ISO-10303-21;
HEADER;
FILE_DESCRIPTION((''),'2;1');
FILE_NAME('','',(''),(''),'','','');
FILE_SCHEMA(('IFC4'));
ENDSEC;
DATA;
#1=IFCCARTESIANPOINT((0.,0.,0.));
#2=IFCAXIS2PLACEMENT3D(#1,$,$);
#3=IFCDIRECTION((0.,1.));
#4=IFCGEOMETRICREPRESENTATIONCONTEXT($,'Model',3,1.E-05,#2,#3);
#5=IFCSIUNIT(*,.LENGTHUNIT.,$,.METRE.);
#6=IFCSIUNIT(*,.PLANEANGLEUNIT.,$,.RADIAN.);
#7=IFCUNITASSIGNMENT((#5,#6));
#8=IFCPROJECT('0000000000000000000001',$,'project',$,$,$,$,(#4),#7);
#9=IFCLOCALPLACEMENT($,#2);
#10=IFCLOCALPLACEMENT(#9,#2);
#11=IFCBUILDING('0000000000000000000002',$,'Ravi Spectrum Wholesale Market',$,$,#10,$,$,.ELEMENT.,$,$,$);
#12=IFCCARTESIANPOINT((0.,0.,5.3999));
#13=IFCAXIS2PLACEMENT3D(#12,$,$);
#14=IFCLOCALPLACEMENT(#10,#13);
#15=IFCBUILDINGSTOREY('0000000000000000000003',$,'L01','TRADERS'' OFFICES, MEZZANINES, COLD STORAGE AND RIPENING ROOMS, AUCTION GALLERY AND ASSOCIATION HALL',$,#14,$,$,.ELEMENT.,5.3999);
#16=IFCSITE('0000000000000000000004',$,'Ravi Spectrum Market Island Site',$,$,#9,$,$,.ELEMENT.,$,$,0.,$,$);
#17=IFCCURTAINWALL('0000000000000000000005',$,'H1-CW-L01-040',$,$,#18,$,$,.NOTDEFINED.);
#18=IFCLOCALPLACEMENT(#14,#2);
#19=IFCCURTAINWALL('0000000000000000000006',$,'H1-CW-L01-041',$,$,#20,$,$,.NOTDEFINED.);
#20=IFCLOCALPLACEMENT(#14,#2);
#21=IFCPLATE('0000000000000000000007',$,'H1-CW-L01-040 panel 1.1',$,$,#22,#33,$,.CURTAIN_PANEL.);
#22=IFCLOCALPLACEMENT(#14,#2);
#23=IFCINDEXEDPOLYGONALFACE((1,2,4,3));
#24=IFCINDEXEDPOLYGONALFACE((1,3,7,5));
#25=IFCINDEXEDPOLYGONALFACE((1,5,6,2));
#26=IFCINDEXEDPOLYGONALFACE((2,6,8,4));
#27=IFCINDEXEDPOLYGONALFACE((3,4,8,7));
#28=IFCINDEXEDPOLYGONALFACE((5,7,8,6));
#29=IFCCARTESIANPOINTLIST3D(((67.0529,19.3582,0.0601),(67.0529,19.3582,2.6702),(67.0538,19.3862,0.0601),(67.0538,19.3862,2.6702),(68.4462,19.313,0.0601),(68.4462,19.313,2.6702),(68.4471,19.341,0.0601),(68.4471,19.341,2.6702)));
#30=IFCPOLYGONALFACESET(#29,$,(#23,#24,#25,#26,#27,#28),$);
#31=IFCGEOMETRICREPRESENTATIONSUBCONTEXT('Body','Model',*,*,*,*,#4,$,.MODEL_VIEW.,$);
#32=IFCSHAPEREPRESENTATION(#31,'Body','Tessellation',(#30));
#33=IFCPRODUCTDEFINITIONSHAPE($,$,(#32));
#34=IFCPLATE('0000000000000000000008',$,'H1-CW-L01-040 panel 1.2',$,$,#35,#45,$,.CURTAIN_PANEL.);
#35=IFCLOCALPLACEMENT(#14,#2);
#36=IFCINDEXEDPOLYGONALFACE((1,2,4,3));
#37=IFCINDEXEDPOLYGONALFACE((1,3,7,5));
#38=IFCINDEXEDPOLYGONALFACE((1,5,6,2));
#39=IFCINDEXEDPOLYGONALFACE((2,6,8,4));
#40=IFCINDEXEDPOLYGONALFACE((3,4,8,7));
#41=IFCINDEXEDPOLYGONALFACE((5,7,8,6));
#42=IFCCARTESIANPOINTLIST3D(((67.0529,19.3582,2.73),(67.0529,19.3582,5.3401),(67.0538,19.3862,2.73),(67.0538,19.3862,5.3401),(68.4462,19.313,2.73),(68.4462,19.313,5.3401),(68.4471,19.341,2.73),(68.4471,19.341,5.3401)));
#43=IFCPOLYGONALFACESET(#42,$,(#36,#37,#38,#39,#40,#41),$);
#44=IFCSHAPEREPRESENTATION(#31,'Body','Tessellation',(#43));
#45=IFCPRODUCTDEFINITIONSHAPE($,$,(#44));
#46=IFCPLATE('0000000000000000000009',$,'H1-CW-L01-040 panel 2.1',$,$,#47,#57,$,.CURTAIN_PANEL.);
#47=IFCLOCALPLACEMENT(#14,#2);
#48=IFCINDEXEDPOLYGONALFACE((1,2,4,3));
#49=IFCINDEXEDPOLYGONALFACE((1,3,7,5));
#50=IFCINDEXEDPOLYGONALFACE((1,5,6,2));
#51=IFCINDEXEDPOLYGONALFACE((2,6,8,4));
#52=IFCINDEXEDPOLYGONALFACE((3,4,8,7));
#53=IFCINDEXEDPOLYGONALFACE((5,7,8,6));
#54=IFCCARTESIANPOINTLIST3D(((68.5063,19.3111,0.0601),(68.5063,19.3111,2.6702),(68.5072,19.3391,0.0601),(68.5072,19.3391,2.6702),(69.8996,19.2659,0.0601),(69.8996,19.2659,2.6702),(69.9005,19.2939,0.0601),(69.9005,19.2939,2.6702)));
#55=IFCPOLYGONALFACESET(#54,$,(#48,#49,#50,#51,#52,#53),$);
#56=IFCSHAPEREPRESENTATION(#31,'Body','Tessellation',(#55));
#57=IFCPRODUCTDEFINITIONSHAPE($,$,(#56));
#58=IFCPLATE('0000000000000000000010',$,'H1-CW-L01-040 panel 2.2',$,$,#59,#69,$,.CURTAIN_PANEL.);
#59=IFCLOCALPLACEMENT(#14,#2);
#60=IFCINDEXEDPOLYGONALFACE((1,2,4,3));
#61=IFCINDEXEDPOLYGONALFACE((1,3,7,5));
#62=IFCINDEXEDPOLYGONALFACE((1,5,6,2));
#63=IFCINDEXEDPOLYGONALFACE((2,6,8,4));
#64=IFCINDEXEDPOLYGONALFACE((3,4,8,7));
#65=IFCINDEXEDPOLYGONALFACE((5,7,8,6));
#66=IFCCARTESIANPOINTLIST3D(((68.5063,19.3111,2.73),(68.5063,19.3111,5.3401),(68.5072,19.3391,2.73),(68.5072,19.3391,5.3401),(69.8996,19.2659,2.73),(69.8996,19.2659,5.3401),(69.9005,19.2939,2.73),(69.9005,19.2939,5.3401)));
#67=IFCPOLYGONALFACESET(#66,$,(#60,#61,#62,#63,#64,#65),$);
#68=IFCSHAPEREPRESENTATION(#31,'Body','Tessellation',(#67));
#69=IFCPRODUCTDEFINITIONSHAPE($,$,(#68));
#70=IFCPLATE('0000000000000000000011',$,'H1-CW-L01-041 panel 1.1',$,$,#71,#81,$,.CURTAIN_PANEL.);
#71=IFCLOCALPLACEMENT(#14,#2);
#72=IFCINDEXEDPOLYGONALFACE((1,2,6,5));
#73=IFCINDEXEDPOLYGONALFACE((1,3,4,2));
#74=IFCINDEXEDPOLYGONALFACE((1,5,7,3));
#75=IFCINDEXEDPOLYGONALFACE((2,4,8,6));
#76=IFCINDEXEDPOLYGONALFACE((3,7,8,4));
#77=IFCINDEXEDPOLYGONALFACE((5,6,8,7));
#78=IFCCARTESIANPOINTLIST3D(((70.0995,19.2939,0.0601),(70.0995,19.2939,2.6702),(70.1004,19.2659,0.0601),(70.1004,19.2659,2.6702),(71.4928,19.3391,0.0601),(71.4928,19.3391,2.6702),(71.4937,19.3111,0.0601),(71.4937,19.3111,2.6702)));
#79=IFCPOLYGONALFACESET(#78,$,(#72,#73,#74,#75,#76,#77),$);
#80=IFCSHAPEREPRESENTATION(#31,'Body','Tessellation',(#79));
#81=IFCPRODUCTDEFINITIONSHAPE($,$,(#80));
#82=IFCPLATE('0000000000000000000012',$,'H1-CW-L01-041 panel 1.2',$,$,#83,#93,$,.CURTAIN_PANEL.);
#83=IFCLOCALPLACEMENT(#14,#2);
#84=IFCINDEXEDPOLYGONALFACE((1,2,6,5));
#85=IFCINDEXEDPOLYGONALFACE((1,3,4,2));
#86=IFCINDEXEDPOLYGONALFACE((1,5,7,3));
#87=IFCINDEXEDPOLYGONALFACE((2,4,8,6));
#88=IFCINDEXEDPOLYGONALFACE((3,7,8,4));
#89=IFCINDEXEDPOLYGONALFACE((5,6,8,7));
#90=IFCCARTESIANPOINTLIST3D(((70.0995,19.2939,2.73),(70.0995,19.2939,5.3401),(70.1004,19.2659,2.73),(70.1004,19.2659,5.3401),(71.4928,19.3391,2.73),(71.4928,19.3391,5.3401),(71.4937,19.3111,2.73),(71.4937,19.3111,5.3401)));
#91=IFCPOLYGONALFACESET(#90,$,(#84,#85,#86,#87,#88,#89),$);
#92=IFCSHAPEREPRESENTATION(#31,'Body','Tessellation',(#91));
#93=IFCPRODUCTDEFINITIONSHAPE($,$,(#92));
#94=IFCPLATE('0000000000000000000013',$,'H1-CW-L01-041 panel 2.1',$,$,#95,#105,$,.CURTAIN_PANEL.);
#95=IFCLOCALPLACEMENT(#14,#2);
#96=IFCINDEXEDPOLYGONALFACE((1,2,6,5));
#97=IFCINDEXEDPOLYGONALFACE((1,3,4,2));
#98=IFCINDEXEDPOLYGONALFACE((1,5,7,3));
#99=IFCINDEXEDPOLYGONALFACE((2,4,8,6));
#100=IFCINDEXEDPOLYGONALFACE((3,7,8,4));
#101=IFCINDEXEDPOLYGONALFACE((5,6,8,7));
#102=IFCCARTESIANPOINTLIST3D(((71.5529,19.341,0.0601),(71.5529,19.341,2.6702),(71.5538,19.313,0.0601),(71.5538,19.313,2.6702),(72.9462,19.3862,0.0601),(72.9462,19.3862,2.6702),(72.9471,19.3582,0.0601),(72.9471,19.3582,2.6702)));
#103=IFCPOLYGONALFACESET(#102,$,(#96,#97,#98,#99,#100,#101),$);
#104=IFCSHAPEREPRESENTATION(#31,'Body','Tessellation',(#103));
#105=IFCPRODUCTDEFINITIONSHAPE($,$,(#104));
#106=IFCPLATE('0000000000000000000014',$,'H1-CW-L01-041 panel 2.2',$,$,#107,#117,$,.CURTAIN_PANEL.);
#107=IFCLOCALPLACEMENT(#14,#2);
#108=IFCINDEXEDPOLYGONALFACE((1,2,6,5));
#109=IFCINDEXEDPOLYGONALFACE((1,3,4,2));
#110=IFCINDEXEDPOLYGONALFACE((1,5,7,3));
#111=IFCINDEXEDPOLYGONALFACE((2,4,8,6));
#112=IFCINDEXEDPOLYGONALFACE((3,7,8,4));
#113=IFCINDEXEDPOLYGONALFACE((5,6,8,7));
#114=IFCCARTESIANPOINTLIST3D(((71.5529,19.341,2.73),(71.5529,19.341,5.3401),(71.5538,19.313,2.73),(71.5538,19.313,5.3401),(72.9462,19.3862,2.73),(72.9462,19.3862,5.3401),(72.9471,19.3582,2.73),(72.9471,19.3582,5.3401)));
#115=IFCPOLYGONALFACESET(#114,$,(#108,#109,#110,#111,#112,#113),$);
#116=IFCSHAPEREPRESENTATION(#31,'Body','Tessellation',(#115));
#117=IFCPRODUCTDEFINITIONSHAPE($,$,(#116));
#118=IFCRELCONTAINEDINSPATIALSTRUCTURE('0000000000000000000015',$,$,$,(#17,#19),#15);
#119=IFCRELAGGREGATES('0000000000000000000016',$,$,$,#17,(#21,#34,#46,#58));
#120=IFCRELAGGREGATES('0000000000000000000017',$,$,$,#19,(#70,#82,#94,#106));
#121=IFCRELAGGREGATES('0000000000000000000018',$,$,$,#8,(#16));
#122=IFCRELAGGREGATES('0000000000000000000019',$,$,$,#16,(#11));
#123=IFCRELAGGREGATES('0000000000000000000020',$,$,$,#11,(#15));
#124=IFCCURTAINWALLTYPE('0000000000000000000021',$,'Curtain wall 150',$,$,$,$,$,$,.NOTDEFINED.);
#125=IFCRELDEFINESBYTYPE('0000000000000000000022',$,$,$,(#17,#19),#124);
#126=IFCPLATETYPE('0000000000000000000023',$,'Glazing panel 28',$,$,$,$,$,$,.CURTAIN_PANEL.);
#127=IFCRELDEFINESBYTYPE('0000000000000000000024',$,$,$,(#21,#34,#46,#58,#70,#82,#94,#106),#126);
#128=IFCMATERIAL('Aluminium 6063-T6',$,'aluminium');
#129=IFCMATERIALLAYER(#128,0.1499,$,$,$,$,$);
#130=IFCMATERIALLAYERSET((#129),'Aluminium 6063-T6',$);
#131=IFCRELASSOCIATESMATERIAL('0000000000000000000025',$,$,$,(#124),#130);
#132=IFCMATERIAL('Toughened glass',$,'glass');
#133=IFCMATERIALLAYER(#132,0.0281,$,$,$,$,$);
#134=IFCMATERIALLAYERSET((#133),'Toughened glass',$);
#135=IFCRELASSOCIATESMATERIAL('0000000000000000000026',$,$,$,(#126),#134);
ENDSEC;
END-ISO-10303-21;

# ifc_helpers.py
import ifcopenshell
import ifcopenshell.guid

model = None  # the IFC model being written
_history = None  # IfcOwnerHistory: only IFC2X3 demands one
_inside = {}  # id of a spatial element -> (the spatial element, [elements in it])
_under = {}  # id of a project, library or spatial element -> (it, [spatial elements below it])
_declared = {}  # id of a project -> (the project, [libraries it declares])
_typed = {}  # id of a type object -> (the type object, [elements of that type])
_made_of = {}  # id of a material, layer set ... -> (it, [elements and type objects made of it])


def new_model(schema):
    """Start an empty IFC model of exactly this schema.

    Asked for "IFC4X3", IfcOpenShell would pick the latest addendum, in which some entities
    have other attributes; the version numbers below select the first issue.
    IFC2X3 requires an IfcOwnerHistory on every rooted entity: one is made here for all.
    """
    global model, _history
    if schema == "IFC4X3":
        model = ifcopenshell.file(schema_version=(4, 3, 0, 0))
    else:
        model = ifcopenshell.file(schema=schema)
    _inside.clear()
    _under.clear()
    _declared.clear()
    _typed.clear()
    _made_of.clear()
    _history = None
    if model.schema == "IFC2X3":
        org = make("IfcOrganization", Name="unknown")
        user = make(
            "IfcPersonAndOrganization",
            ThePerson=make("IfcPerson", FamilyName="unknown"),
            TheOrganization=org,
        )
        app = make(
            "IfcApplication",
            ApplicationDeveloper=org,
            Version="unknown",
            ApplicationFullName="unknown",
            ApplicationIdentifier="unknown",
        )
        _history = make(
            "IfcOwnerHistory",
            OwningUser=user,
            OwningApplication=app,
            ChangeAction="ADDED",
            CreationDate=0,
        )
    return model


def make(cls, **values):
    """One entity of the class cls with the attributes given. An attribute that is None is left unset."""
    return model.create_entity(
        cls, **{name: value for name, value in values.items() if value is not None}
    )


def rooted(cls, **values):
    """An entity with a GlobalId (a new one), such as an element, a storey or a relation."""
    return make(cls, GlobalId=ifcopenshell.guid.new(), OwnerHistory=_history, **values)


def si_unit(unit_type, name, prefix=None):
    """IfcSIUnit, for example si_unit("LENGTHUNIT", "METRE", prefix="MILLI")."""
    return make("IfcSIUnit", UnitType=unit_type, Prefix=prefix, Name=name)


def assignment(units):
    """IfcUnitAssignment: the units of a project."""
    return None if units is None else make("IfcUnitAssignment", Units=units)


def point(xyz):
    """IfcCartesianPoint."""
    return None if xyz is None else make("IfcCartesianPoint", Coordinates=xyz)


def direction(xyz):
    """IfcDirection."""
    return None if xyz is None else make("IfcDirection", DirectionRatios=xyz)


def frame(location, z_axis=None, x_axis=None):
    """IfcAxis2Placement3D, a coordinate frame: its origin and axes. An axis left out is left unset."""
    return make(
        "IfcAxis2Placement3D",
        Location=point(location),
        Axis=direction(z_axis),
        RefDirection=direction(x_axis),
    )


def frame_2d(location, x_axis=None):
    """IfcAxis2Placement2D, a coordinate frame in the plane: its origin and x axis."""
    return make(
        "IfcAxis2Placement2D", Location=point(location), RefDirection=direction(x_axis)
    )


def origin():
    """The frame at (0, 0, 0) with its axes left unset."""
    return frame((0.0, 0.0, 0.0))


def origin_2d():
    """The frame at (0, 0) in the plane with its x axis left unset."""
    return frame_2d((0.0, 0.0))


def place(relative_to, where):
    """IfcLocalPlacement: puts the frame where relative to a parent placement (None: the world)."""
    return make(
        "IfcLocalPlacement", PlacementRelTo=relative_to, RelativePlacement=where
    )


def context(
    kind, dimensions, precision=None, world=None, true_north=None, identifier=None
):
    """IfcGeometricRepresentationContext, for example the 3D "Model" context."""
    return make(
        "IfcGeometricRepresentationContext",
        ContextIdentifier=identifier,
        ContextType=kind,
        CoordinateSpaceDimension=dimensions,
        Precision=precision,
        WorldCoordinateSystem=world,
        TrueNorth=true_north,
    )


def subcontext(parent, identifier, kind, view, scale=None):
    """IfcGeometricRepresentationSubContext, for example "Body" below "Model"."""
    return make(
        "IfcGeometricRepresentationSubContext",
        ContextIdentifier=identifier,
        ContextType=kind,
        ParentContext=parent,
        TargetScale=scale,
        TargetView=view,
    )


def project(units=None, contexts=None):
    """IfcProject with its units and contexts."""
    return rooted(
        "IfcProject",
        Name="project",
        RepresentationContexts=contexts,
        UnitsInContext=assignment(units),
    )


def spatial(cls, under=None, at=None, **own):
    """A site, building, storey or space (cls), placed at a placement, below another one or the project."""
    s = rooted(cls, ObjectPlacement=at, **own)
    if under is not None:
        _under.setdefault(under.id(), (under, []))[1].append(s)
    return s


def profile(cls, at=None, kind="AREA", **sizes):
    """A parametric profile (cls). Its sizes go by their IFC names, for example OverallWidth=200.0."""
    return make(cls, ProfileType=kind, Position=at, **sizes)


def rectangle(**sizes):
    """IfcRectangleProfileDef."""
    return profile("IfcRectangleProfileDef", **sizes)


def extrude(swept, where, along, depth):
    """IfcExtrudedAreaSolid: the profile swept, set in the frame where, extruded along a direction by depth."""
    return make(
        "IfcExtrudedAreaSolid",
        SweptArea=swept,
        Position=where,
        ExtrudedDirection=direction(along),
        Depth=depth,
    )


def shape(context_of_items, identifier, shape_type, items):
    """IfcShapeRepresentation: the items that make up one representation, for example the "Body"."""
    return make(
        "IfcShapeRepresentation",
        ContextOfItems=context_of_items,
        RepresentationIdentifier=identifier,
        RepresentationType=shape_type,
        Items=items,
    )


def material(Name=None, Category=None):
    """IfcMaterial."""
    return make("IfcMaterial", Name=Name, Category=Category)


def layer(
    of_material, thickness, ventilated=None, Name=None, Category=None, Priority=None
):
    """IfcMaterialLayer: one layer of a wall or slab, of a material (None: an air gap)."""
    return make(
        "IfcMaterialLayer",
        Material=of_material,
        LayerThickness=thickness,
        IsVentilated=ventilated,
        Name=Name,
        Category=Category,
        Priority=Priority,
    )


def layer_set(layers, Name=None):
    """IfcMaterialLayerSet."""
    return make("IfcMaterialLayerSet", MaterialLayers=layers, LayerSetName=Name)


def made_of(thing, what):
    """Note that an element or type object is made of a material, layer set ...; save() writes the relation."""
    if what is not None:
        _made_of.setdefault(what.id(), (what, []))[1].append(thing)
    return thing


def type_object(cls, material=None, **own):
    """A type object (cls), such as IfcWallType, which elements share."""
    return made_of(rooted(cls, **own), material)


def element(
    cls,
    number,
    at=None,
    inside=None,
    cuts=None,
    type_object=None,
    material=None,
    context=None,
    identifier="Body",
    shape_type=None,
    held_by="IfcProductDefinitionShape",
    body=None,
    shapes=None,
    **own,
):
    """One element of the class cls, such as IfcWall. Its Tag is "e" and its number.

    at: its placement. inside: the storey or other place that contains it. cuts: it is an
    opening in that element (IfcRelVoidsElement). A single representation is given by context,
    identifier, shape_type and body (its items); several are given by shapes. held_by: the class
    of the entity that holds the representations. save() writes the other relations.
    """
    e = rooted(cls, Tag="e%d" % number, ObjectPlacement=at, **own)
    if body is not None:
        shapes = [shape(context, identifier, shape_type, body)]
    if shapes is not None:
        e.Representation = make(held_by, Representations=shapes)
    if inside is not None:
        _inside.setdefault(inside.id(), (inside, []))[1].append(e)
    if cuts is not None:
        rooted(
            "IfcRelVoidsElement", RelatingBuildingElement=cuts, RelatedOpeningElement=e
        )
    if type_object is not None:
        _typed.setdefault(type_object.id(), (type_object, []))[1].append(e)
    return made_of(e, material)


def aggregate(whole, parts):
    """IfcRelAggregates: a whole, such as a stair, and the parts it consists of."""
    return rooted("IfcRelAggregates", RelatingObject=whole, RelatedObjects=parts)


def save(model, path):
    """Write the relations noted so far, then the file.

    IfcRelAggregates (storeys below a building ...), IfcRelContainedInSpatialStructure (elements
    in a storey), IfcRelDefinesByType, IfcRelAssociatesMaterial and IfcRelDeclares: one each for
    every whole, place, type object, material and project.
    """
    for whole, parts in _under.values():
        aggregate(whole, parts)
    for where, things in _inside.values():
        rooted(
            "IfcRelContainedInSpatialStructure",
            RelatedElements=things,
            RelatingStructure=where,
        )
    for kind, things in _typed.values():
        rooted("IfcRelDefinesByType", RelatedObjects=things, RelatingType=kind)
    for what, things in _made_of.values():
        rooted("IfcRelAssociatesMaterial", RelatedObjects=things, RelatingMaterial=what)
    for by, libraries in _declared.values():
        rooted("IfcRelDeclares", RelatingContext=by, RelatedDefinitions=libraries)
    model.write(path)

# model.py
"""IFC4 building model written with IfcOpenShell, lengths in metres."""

from ifc_helpers import new_model, si_unit, direction, frame, origin, origin_2d, place, context, subcontext, project, spatial, rectangle, extrude, material, layer, layer_set, type_object, element, aggregate, save


model = new_model("IFC4")

# Units and contexts
model_context = context("Model", 3, precision=1e-05, world=origin(), true_north=direction((0.0, 1.0)))
body_context = subcontext(model_context, "Body", "Model", "MODEL_VIEW")
ifc_project = project(units=[si_unit("LENGTHUNIT", "METRE"), si_unit("PLANEANGLEUNIT", "RADIAN")], contexts=[model_context])

# Site, building, storey
site_placement = place(None, origin())
site = spatial("IfcSite", under=ifc_project, at=site_placement, Name="Ravi Spectrum Market Island Site", CompositionType="ELEMENT", RefElevation=0.0)
building_placement = place(site_placement, origin())
building = spatial("IfcBuilding", under=site, at=building_placement, Name="Ravi Spectrum Wholesale Market", CompositionType="ELEMENT")
storey_placement = place(building_placement, frame((0.0, 0.0, 5.3999)))
storey = spatial("IfcBuildingStorey", under=building, at=storey_placement, Name="L01", Description="TRADERS' OFFICES, MEZZANINES, COLD STORAGE AND RIPENING ROOMS, AUCTION GALLERY AND ASSOCIATION HALL", CompositionType="ELEMENT", Elevation=5.3999)

# Curtain wall
ifc_material_1 = material(Name="Aluminium 6063-T6", Category="aluminium")
ifc_layer_1 = layer(ifc_material_1, 0.1499)
ifc_layer_set_1 = layer_set([ifc_layer_1], Name="Aluminium 6063-T6")
curtain_wall_type = type_object("IfcCurtainWallType", Name="Curtain wall 150", PredefinedType="NOTDEFINED", material=ifc_layer_set_1)
curtain_wall_1_placement = place(storey_placement, origin())
curtain_wall_1 = element("IfcCurtainWall", 1, at=curtain_wall_1_placement, inside=storey, type_object=curtain_wall_type, Name="H1-CW-L01-040", PredefinedType="NOTDEFINED")

# Curtain wall
curtain_wall_2_placement = place(storey_placement, origin())
curtain_wall_2 = element("IfcCurtainWall", 2, at=curtain_wall_2_placement, inside=storey, type_object=curtain_wall_type, Name="H1-CW-L01-041", PredefinedType="NOTDEFINED")

# Plates
ifc_material_2 = material(Name="Toughened glass", Category="glass")
ifc_layer_2 = layer(ifc_material_2, 0.0281)
ifc_layer_set_2 = layer_set([ifc_layer_2], Name="Toughened glass")
plate_type = type_object("IfcPlateType", Name="Glazing panel 28", PredefinedType="CURTAIN_PANEL", material=ifc_layer_set_2)
plate_1_placement = place(storey_placement, frame((67.75, 19.3496, 0.0601), z_axis=(0.0, 0.0, 1.0), x_axis=(0.999474, -0.032427, 0.0)))
plate_1 = element("IfcPlate", 3, at=plate_1_placement, type_object=plate_type, Name="H1-CW-L01-040 panel 1.1", PredefinedType="CURTAIN_PANEL", context=body_context, shape_type="SweptSolid", body=[
    extrude(rectangle(XDim=1.394, YDim=0.0281, at=origin_2d()), origin(), (0.0, 0.0, 1.0), 2.6101),
])
plate_2_placement = place(storey_placement, frame((67.75, 19.3496, 2.73), z_axis=(0.0, 0.0, 1.0), x_axis=(0.999474, -0.032427, 0.0)))
plate_2 = element("IfcPlate", 4, at=plate_2_placement, type_object=plate_type, Name="H1-CW-L01-040 panel 1.2", PredefinedType="CURTAIN_PANEL", context=body_context, shape_type="SweptSolid", body=[
    extrude(rectangle(XDim=1.394, YDim=0.0281, at=origin_2d()), origin(), (0.0, 0.0, 1.0), 2.6101),
])
plate_3_placement = place(storey_placement, frame((69.2034, 19.3025, 0.0601), z_axis=(0.0, 0.0, 1.0), x_axis=(0.999474, -0.032427, 0.0)))
plate_3 = element("IfcPlate", 5, at=plate_3_placement, type_object=plate_type, Name="H1-CW-L01-040 panel 2.1", PredefinedType="CURTAIN_PANEL", context=body_context, shape_type="SweptSolid", body=[
    extrude(rectangle(XDim=1.394, YDim=0.0281, at=origin_2d()), origin(), (0.0, 0.0, 1.0), 2.6101),
])
plate_4_placement = place(storey_placement, frame((69.2034, 19.3025, 2.73), z_axis=(0.0, 0.0, 1.0), x_axis=(0.999474, -0.032427, 0.0)))
plate_4 = element("IfcPlate", 6, at=plate_4_placement, type_object=plate_type, Name="H1-CW-L01-040 panel 2.2", PredefinedType="CURTAIN_PANEL", context=body_context, shape_type="SweptSolid", body=[
    extrude(rectangle(XDim=1.394, YDim=0.0281, at=origin_2d()), origin(), (0.0, 0.0, 1.0), 2.6101),
])
aggregate(curtain_wall_1, [plate_1, plate_2, plate_3, plate_4])
plate_5_placement = place(storey_placement, frame((70.7966, 19.3025, 0.0601), z_axis=(0.0, 0.0, 1.0), x_axis=(0.999474, 0.032427, 0.0)))
plate_5 = element("IfcPlate", 7, at=plate_5_placement, type_object=plate_type, Name="H1-CW-L01-041 panel 1.1", PredefinedType="CURTAIN_PANEL", context=body_context, shape_type="SweptSolid", body=[
    extrude(rectangle(XDim=1.394, YDim=0.0281, at=origin_2d()), origin(), (0.0, 0.0, 1.0), 2.6101),
])
plate_6_placement = place(storey_placement, frame((70.7966, 19.3025, 2.73), z_axis=(0.0, 0.0, 1.0), x_axis=(0.999474, 0.032427, 0.0)))
plate_6 = element("IfcPlate", 8, at=plate_6_placement, type_object=plate_type, Name="H1-CW-L01-041 panel 1.2", PredefinedType="CURTAIN_PANEL", context=body_context, shape_type="SweptSolid", body=[
    extrude(rectangle(XDim=1.394, YDim=0.0281, at=origin_2d()), origin(), (0.0, 0.0, 1.0), 2.6101),
])
plate_7_placement = place(storey_placement, frame((72.25, 19.3496, 0.0601), z_axis=(0.0, 0.0, 1.0), x_axis=(0.999474, 0.032427, 0.0)))
plate_7 = element("IfcPlate", 9, at=plate_7_placement, type_object=plate_type, Name="H1-CW-L01-041 panel 2.1", PredefinedType="CURTAIN_PANEL", context=body_context, shape_type="SweptSolid", body=[
    extrude(rectangle(XDim=1.394, YDim=0.0281, at=origin_2d()), origin(), (0.0, 0.0, 1.0), 2.6101),
])
plate_8_placement = place(storey_placement, frame((72.25, 19.3496, 2.73), z_axis=(0.0, 0.0, 1.0), x_axis=(0.999474, 0.032427, 0.0)))
plate_8 = element("IfcPlate", 10, at=plate_8_placement, type_object=plate_type, Name="H1-CW-L01-041 panel 2.2", PredefinedType="CURTAIN_PANEL", context=body_context, shape_type="SweptSolid", body=[
    extrude(rectangle(XDim=1.394, YDim=0.0281, at=origin_2d()), origin(), (0.0, 0.0, 1.0), 2.6101),
])
aggregate(curtain_wall_2, [plate_5, plate_6, plate_7, plate_8])

save(model, "model.ifc")
